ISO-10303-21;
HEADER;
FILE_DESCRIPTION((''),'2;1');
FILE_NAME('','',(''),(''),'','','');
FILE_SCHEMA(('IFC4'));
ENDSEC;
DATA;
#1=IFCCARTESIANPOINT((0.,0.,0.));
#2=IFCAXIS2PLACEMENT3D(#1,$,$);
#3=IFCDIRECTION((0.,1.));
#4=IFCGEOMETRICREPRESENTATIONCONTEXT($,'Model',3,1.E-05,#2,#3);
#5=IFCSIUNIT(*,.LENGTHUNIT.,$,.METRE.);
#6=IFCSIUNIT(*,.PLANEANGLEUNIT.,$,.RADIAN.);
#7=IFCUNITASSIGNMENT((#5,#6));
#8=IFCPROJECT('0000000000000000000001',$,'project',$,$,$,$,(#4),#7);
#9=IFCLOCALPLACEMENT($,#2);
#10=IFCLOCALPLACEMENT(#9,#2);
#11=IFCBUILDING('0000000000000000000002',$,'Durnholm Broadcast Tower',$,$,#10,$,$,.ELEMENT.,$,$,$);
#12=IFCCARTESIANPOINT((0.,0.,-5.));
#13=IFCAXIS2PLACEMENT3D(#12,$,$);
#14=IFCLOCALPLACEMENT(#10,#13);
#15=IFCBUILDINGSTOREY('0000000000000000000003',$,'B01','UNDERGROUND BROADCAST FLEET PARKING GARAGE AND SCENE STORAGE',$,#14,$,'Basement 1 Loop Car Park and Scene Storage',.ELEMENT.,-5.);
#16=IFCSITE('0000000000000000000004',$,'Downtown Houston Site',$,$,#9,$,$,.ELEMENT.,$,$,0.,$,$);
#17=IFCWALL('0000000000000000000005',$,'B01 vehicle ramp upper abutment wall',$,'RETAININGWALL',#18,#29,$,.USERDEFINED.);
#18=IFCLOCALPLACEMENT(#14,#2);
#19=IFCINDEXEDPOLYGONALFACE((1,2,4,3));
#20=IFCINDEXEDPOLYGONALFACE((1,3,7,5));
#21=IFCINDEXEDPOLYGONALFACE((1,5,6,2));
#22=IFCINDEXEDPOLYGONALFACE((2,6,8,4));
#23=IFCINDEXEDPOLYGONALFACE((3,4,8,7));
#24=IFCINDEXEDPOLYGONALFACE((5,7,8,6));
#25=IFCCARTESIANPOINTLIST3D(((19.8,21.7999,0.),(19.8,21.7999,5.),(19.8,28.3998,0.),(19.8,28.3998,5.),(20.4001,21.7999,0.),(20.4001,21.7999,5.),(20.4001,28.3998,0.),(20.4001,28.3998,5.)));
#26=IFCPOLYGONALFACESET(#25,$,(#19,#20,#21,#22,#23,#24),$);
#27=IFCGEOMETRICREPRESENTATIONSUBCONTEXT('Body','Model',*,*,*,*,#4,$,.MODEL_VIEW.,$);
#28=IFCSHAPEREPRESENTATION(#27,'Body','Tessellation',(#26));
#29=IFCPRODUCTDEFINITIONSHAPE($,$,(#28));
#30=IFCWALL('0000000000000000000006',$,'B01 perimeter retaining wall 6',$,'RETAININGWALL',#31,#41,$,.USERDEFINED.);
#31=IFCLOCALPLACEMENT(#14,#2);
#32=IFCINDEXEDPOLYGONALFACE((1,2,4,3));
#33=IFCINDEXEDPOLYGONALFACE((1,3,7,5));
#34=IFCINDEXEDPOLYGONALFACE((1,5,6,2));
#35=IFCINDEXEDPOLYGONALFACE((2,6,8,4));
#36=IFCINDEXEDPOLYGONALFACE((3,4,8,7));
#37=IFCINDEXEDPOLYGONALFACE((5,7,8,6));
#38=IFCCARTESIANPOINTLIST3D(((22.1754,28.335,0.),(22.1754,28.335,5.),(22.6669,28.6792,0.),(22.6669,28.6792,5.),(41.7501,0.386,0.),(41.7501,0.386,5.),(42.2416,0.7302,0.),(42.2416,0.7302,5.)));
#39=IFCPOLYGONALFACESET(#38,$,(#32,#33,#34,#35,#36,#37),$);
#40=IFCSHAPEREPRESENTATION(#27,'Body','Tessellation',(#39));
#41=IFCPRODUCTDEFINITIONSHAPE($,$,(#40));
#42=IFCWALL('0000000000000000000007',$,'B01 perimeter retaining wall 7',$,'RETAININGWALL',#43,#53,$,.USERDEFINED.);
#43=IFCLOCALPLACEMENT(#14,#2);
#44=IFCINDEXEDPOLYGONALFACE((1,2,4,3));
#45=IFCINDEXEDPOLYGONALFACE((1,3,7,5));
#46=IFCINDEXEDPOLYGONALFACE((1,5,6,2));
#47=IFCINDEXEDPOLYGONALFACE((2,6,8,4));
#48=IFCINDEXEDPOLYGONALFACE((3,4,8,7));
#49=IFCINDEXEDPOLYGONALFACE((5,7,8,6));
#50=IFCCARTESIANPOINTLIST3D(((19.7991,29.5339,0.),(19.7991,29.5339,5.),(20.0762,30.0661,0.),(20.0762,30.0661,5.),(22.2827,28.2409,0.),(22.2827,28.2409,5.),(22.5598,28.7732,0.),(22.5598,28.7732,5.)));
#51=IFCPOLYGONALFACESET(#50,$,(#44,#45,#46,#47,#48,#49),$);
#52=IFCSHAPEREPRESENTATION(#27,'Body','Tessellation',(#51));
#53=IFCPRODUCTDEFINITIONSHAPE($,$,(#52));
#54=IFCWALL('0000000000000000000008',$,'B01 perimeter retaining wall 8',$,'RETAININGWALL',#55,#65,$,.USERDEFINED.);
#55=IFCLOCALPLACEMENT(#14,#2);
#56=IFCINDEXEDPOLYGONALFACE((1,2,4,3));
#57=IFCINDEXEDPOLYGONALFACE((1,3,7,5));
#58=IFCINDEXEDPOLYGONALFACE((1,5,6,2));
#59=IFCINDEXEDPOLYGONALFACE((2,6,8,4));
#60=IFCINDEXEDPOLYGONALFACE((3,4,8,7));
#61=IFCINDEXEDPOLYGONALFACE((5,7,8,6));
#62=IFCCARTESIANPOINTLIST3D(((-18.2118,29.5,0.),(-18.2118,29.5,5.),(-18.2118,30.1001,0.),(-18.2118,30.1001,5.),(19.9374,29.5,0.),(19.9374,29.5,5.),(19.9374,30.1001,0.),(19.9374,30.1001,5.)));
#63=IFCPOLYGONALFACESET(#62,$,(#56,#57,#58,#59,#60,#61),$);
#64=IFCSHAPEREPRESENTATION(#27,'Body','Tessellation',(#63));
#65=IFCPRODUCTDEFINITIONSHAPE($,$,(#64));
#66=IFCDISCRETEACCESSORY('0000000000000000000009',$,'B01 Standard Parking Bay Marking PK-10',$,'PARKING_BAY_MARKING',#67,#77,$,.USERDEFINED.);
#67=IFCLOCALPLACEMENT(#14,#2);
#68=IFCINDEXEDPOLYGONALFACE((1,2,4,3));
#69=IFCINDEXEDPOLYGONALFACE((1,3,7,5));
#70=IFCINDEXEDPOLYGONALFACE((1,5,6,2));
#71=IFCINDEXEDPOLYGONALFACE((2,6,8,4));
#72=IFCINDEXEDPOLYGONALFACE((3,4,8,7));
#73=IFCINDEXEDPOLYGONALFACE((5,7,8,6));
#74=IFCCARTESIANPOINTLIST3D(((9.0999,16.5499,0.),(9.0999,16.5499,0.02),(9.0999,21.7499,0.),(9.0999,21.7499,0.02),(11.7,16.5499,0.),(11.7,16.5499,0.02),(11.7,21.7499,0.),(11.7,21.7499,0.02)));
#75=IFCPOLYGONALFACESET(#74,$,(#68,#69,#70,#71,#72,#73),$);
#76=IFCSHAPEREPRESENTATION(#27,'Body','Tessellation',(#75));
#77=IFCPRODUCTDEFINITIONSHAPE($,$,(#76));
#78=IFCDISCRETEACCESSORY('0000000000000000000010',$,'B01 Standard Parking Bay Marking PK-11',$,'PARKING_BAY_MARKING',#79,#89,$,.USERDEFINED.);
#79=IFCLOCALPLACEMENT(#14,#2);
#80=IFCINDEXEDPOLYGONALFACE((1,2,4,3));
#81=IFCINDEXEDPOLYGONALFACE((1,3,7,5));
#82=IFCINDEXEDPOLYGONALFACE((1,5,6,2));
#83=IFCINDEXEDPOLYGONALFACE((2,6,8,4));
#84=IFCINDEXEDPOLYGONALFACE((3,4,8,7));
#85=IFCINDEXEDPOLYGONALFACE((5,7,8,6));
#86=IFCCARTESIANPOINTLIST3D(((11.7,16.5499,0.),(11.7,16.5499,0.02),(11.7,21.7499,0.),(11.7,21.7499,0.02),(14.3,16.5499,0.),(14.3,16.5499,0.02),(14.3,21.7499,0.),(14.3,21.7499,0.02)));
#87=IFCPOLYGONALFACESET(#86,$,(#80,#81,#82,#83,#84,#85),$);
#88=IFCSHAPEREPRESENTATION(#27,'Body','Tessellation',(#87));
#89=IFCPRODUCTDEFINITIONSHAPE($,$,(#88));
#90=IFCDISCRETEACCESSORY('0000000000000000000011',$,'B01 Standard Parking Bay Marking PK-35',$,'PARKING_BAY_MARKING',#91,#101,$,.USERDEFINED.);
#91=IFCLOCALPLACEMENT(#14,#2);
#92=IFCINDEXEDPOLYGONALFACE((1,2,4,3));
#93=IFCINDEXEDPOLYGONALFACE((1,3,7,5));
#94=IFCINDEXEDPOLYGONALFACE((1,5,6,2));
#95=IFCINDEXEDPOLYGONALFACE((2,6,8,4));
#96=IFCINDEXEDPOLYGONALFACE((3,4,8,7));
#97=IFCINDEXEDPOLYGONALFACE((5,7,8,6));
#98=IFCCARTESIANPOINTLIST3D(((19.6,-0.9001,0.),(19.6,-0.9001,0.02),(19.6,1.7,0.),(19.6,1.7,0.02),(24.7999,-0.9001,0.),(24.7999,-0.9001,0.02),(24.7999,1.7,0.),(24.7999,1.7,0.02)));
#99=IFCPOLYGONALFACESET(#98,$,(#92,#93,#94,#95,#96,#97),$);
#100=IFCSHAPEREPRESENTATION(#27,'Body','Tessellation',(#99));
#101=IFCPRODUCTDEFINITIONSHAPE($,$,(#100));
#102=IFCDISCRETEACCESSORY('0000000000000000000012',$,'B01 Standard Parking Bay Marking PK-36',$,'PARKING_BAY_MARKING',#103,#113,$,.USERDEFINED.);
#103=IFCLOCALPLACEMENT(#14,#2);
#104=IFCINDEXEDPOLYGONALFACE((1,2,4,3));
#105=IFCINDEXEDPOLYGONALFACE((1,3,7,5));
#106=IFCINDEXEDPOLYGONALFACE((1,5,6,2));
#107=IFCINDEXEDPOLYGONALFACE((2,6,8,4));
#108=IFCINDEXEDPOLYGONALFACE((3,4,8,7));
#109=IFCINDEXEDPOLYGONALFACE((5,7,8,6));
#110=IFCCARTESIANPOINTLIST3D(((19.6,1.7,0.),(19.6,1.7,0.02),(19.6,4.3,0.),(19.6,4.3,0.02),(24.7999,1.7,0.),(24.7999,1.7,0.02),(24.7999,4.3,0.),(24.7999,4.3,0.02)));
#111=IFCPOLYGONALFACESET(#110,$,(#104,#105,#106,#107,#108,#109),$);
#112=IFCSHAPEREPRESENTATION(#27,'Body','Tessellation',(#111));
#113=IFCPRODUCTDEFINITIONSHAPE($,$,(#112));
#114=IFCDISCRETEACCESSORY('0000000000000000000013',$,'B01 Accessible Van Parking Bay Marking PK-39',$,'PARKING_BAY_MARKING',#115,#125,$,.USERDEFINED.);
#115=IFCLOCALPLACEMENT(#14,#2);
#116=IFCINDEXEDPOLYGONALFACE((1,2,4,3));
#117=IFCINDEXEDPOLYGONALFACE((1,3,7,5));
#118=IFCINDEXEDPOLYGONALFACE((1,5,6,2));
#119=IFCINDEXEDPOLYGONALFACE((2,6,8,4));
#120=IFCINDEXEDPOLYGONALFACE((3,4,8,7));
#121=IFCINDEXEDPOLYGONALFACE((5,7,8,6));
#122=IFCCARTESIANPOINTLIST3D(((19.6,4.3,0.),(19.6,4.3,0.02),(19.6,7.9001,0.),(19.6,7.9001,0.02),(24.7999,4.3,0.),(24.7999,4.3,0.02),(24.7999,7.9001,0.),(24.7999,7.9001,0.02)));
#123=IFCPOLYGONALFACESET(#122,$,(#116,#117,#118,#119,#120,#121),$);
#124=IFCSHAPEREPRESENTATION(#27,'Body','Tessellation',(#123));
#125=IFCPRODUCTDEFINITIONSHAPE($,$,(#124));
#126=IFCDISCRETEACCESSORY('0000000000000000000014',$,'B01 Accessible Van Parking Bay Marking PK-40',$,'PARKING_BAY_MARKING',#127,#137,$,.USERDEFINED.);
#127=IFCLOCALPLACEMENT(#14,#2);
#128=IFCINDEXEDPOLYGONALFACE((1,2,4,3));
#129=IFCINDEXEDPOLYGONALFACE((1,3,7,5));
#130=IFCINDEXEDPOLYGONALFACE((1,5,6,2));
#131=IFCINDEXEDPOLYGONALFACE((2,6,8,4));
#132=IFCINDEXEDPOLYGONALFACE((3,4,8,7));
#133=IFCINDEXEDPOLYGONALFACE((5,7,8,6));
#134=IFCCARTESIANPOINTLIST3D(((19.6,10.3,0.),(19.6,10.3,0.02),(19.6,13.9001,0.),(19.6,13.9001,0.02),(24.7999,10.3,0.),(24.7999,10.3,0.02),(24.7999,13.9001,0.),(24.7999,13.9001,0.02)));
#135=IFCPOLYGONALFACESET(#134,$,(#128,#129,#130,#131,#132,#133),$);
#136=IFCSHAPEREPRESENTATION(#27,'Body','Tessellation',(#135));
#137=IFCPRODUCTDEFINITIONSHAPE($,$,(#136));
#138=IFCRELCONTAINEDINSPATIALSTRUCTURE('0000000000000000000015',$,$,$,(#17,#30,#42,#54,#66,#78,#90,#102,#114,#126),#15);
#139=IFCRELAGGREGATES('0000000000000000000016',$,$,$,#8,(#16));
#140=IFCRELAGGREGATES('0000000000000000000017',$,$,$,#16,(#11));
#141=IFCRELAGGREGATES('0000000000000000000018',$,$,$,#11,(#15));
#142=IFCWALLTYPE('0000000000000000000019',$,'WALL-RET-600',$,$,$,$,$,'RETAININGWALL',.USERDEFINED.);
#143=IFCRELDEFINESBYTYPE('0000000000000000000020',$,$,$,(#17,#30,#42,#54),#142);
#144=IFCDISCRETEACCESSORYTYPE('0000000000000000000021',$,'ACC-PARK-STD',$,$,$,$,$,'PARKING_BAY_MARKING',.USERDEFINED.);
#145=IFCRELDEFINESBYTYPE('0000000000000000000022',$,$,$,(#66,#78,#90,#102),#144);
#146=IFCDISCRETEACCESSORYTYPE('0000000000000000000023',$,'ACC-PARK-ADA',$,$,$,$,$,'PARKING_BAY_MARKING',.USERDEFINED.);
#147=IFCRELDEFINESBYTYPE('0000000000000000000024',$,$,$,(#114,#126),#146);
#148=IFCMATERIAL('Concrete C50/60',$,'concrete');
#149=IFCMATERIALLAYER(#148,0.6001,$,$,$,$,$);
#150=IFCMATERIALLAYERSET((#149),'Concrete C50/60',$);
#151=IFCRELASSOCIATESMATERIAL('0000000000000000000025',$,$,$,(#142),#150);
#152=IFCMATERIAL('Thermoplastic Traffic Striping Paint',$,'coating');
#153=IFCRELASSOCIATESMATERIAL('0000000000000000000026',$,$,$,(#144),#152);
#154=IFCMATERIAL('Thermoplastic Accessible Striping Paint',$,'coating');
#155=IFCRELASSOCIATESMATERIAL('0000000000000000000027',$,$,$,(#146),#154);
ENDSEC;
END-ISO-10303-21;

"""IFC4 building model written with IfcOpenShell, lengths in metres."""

from ifc_helpers import new_model, si_unit, direction, frame, frame_2d, origin, origin_2d, place, context, subcontext, project, spatial, rectangle, extrude, source, transform, mapped, material, layer, layer_set, type_object, type_shapes, element, save


model = new_model("IFC4")

# Units and contexts
model_context = context("Model", 3, precision=1e-05, world=origin(), true_north=direction((0.0, 1.0)))
body_context = subcontext(model_context, "Body", "Model", "MODEL_VIEW")
ifc_project = project(units=[si_unit("LENGTHUNIT", "METRE"), si_unit("PLANEANGLEUNIT", "RADIAN")], contexts=[model_context])

# Site, building, storey
site_placement = place(None, origin())
site = spatial("IfcSite", under=ifc_project, at=site_placement, Name="Downtown Houston Site", CompositionType="ELEMENT", RefElevation=0.0)
building_placement = place(site_placement, origin())
building = spatial("IfcBuilding", under=site, at=building_placement, Name="Durnholm Broadcast Tower", CompositionType="ELEMENT")
storey_placement = place(building_placement, frame((0.0, 0.0, -5.0)))
storey = spatial("IfcBuildingStorey", under=building, at=storey_placement, Name="B01", Description="UNDERGROUND BROADCAST FLEET PARKING GARAGE AND SCENE STORAGE", LongName="Basement 1 Loop Car Park and Scene Storage", CompositionType="ELEMENT", Elevation=-5.0)

# Walls
ifc_material_1 = material(Name="Concrete C50/60", Category="concrete")
ifc_layer_1 = layer(ifc_material_1, 0.6001)
ifc_layer_set_1 = layer_set([ifc_layer_1], Name="Concrete C50/60")
wall_type_1 = type_object("IfcWallType", Name="WALL-RET-600", ElementType="RETAININGWALL", PredefinedType="USERDEFINED", material=ifc_layer_set_1)
wall_1_placement = place(storey_placement, frame((20.1001, 21.8, 0.0), z_axis=(0.0, 0.0, 1.0), x_axis=(0.0, 1.0, 0.0)))
element("IfcWall", 1, at=wall_1_placement, inside=storey, type_object=wall_type_1, Name="B01 vehicle ramp upper abutment wall", ObjectType="RETAININGWALL", PredefinedType="USERDEFINED", context=body_context, shape_type="SweptSolid", body=[
    extrude(rectangle(XDim=6.5999, YDim=0.6001, at=frame_2d((3.2998, 0.0))), origin(), (0.0, 0.0, 1.0), 5.0),
])
wall_2_placement = place(storey_placement, frame((41.9958, 0.5581, 0.0), z_axis=(0.0, 0.0, 1.0), x_axis=(-0.573667, 0.819088, 0.0)))
element("IfcWall", 2, at=wall_2_placement, inside=storey, type_object=wall_type_1, Name="B01 perimeter retaining wall 6", ObjectType="RETAININGWALL", PredefinedType="USERDEFINED", context=body_context, shape_type="SweptSolid", body=[
    extrude(rectangle(XDim=34.1221, YDim=0.6001, at=frame_2d((17.061, 0.0))), origin(), (0.0, 0.0, 1.0), 5.0),
])
wall_3_placement = place(storey_placement, frame((22.4211, 28.5071, 0.0), z_axis=(0.0, 0.0, 1.0), x_axis=(-0.887001, 0.461767, 0.0)))
element("IfcWall", 3, at=wall_3_placement, inside=storey, type_object=wall_type_1, Name="B01 perimeter retaining wall 7", ObjectType="RETAININGWALL", PredefinedType="USERDEFINED", context=body_context, shape_type="SweptSolid", body=[
    extrude(rectangle(XDim=2.8, YDim=0.6001, at=frame_2d((1.3999, 0.0))), origin(), (0.0, 0.0, 1.0), 5.0),
])
wall_4_placement = place(storey_placement, frame((19.9375, 29.8, 0.0), z_axis=(0.0, 0.0, 1.0), x_axis=(-1.0, 0.0, 0.0)))
element("IfcWall", 4, at=wall_4_placement, inside=storey, type_object=wall_type_1, Name="B01 perimeter retaining wall 8", ObjectType="RETAININGWALL", PredefinedType="USERDEFINED", context=body_context, shape_type="SweptSolid", body=[
    extrude(rectangle(XDim=38.1492, YDim=0.6001, at=frame_2d((19.0747, 0.0))), origin(), (0.0, 0.0, 1.0), 5.0),
])

# Discrete accessories
ifc_material_2 = material(Name="Thermoplastic Traffic Striping Paint", Category="coating")
discrete_accessory_type_1 = type_object("IfcDiscreteAccessoryType", Name="ACC-PARK-STD", ElementType="PARKING_BAY_MARKING", PredefinedType="USERDEFINED", material=ifc_material_2)
shared_shape_1 = source(origin(), body_context, "Body", "SweptSolid", [
    extrude(rectangle(XDim=2.6001, YDim=5.2, at=origin_2d()), origin(), (0.0, 0.0, 1.0), 0.02),
])
for number, where, z_axis, x_axis, name in (
    (5, (10.3999, 19.1499, 0.0), (0.0, 0.0, 1.0), (1.0, 0.0, 0.0), "B01 Standard Parking Bay Marking PK-10"),
    (6, (13.0, 19.1499, 0.0), (0.0, 0.0, 1.0), (1.0, 0.0, 0.0), "B01 Standard Parking Bay Marking PK-11"),
):
    element("IfcDiscreteAccessory", number, at=place(storey_placement, frame(where, z_axis=z_axis, x_axis=x_axis)), inside=storey, type_object=discrete_accessory_type_1, Name=name, ObjectType="PARKING_BAY_MARKING", PredefinedType="USERDEFINED", context=body_context, shape_type="MappedRepresentation", body=[
        mapped(shared_shape_1, transform((0.0, 0.0, 0.0), x_axis=(1.0, 0.0, 0.0), y_axis=(0.0, 1.0, 0.0), z_axis=(0.0, 0.0, 1.0), scale=1.0)),
    ])
shared_shape_2 = source(origin(), body_context, "Body", "SweptSolid", [
    extrude(rectangle(XDim=5.2, YDim=2.6001, at=origin_2d()), origin(), (0.0, 0.0, 1.0), 0.02),
])
type_shapes(discrete_accessory_type_1, [shared_shape_1, shared_shape_2])
for number, where, z_axis, x_axis, name in (
    (7, (22.2, 0.3999, 0.0), (0.0, 0.0, 1.0), (1.0, 0.0, 0.0), "B01 Standard Parking Bay Marking PK-35"),
    (8, (22.2, 3.0, 0.0), (0.0, 0.0, 1.0), (1.0, 0.0, 0.0), "B01 Standard Parking Bay Marking PK-36"),
):
    element("IfcDiscreteAccessory", number, at=place(storey_placement, frame(where, z_axis=z_axis, x_axis=x_axis)), inside=storey, type_object=discrete_accessory_type_1, Name=name, ObjectType="PARKING_BAY_MARKING", PredefinedType="USERDEFINED", context=body_context, shape_type="MappedRepresentation", body=[
        mapped(shared_shape_2, transform((0.0, 0.0, 0.0), x_axis=(1.0, 0.0, 0.0), y_axis=(0.0, 1.0, 0.0), z_axis=(0.0, 0.0, 1.0), scale=1.0)),
    ])
ifc_material_3 = material(Name="Thermoplastic Accessible Striping Paint", Category="coating")
discrete_accessory_type_2 = type_object("IfcDiscreteAccessoryType", Name="ACC-PARK-ADA", ElementType="PARKING_BAY_MARKING", PredefinedType="USERDEFINED", material=ifc_material_3)
shared_shape_3 = source(origin(), body_context, "Body", "SweptSolid", [
    extrude(rectangle(XDim=5.2, YDim=3.6001, at=origin_2d()), origin(), (0.0, 0.0, 1.0), 0.02),
])
type_shapes(discrete_accessory_type_2, [shared_shape_3])
for number, where, z_axis, x_axis, name in (
    (9, (22.2, 6.1001, 0.0), (0.0, 0.0, 1.0), (1.0, 0.0, 0.0), "B01 Accessible Van Parking Bay Marking PK-39"),
    (10, (22.2, 12.1001, 0.0), (0.0, 0.0, 1.0), (1.0, 0.0, 0.0), "B01 Accessible Van Parking Bay Marking PK-40"),
):
    element("IfcDiscreteAccessory", number, at=place(storey_placement, frame(where, z_axis=z_axis, x_axis=x_axis)), inside=storey, type_object=discrete_accessory_type_2, Name=name, ObjectType="PARKING_BAY_MARKING", PredefinedType="USERDEFINED", context=body_context, shape_type="MappedRepresentation", body=[
        mapped(shared_shape_3, transform((0.0, 0.0, 0.0), x_axis=(1.0, 0.0, 0.0), y_axis=(0.0, 1.0, 0.0), z_axis=(0.0, 0.0, 1.0), scale=1.0)),
    ])

save(model, "model.ifc")
